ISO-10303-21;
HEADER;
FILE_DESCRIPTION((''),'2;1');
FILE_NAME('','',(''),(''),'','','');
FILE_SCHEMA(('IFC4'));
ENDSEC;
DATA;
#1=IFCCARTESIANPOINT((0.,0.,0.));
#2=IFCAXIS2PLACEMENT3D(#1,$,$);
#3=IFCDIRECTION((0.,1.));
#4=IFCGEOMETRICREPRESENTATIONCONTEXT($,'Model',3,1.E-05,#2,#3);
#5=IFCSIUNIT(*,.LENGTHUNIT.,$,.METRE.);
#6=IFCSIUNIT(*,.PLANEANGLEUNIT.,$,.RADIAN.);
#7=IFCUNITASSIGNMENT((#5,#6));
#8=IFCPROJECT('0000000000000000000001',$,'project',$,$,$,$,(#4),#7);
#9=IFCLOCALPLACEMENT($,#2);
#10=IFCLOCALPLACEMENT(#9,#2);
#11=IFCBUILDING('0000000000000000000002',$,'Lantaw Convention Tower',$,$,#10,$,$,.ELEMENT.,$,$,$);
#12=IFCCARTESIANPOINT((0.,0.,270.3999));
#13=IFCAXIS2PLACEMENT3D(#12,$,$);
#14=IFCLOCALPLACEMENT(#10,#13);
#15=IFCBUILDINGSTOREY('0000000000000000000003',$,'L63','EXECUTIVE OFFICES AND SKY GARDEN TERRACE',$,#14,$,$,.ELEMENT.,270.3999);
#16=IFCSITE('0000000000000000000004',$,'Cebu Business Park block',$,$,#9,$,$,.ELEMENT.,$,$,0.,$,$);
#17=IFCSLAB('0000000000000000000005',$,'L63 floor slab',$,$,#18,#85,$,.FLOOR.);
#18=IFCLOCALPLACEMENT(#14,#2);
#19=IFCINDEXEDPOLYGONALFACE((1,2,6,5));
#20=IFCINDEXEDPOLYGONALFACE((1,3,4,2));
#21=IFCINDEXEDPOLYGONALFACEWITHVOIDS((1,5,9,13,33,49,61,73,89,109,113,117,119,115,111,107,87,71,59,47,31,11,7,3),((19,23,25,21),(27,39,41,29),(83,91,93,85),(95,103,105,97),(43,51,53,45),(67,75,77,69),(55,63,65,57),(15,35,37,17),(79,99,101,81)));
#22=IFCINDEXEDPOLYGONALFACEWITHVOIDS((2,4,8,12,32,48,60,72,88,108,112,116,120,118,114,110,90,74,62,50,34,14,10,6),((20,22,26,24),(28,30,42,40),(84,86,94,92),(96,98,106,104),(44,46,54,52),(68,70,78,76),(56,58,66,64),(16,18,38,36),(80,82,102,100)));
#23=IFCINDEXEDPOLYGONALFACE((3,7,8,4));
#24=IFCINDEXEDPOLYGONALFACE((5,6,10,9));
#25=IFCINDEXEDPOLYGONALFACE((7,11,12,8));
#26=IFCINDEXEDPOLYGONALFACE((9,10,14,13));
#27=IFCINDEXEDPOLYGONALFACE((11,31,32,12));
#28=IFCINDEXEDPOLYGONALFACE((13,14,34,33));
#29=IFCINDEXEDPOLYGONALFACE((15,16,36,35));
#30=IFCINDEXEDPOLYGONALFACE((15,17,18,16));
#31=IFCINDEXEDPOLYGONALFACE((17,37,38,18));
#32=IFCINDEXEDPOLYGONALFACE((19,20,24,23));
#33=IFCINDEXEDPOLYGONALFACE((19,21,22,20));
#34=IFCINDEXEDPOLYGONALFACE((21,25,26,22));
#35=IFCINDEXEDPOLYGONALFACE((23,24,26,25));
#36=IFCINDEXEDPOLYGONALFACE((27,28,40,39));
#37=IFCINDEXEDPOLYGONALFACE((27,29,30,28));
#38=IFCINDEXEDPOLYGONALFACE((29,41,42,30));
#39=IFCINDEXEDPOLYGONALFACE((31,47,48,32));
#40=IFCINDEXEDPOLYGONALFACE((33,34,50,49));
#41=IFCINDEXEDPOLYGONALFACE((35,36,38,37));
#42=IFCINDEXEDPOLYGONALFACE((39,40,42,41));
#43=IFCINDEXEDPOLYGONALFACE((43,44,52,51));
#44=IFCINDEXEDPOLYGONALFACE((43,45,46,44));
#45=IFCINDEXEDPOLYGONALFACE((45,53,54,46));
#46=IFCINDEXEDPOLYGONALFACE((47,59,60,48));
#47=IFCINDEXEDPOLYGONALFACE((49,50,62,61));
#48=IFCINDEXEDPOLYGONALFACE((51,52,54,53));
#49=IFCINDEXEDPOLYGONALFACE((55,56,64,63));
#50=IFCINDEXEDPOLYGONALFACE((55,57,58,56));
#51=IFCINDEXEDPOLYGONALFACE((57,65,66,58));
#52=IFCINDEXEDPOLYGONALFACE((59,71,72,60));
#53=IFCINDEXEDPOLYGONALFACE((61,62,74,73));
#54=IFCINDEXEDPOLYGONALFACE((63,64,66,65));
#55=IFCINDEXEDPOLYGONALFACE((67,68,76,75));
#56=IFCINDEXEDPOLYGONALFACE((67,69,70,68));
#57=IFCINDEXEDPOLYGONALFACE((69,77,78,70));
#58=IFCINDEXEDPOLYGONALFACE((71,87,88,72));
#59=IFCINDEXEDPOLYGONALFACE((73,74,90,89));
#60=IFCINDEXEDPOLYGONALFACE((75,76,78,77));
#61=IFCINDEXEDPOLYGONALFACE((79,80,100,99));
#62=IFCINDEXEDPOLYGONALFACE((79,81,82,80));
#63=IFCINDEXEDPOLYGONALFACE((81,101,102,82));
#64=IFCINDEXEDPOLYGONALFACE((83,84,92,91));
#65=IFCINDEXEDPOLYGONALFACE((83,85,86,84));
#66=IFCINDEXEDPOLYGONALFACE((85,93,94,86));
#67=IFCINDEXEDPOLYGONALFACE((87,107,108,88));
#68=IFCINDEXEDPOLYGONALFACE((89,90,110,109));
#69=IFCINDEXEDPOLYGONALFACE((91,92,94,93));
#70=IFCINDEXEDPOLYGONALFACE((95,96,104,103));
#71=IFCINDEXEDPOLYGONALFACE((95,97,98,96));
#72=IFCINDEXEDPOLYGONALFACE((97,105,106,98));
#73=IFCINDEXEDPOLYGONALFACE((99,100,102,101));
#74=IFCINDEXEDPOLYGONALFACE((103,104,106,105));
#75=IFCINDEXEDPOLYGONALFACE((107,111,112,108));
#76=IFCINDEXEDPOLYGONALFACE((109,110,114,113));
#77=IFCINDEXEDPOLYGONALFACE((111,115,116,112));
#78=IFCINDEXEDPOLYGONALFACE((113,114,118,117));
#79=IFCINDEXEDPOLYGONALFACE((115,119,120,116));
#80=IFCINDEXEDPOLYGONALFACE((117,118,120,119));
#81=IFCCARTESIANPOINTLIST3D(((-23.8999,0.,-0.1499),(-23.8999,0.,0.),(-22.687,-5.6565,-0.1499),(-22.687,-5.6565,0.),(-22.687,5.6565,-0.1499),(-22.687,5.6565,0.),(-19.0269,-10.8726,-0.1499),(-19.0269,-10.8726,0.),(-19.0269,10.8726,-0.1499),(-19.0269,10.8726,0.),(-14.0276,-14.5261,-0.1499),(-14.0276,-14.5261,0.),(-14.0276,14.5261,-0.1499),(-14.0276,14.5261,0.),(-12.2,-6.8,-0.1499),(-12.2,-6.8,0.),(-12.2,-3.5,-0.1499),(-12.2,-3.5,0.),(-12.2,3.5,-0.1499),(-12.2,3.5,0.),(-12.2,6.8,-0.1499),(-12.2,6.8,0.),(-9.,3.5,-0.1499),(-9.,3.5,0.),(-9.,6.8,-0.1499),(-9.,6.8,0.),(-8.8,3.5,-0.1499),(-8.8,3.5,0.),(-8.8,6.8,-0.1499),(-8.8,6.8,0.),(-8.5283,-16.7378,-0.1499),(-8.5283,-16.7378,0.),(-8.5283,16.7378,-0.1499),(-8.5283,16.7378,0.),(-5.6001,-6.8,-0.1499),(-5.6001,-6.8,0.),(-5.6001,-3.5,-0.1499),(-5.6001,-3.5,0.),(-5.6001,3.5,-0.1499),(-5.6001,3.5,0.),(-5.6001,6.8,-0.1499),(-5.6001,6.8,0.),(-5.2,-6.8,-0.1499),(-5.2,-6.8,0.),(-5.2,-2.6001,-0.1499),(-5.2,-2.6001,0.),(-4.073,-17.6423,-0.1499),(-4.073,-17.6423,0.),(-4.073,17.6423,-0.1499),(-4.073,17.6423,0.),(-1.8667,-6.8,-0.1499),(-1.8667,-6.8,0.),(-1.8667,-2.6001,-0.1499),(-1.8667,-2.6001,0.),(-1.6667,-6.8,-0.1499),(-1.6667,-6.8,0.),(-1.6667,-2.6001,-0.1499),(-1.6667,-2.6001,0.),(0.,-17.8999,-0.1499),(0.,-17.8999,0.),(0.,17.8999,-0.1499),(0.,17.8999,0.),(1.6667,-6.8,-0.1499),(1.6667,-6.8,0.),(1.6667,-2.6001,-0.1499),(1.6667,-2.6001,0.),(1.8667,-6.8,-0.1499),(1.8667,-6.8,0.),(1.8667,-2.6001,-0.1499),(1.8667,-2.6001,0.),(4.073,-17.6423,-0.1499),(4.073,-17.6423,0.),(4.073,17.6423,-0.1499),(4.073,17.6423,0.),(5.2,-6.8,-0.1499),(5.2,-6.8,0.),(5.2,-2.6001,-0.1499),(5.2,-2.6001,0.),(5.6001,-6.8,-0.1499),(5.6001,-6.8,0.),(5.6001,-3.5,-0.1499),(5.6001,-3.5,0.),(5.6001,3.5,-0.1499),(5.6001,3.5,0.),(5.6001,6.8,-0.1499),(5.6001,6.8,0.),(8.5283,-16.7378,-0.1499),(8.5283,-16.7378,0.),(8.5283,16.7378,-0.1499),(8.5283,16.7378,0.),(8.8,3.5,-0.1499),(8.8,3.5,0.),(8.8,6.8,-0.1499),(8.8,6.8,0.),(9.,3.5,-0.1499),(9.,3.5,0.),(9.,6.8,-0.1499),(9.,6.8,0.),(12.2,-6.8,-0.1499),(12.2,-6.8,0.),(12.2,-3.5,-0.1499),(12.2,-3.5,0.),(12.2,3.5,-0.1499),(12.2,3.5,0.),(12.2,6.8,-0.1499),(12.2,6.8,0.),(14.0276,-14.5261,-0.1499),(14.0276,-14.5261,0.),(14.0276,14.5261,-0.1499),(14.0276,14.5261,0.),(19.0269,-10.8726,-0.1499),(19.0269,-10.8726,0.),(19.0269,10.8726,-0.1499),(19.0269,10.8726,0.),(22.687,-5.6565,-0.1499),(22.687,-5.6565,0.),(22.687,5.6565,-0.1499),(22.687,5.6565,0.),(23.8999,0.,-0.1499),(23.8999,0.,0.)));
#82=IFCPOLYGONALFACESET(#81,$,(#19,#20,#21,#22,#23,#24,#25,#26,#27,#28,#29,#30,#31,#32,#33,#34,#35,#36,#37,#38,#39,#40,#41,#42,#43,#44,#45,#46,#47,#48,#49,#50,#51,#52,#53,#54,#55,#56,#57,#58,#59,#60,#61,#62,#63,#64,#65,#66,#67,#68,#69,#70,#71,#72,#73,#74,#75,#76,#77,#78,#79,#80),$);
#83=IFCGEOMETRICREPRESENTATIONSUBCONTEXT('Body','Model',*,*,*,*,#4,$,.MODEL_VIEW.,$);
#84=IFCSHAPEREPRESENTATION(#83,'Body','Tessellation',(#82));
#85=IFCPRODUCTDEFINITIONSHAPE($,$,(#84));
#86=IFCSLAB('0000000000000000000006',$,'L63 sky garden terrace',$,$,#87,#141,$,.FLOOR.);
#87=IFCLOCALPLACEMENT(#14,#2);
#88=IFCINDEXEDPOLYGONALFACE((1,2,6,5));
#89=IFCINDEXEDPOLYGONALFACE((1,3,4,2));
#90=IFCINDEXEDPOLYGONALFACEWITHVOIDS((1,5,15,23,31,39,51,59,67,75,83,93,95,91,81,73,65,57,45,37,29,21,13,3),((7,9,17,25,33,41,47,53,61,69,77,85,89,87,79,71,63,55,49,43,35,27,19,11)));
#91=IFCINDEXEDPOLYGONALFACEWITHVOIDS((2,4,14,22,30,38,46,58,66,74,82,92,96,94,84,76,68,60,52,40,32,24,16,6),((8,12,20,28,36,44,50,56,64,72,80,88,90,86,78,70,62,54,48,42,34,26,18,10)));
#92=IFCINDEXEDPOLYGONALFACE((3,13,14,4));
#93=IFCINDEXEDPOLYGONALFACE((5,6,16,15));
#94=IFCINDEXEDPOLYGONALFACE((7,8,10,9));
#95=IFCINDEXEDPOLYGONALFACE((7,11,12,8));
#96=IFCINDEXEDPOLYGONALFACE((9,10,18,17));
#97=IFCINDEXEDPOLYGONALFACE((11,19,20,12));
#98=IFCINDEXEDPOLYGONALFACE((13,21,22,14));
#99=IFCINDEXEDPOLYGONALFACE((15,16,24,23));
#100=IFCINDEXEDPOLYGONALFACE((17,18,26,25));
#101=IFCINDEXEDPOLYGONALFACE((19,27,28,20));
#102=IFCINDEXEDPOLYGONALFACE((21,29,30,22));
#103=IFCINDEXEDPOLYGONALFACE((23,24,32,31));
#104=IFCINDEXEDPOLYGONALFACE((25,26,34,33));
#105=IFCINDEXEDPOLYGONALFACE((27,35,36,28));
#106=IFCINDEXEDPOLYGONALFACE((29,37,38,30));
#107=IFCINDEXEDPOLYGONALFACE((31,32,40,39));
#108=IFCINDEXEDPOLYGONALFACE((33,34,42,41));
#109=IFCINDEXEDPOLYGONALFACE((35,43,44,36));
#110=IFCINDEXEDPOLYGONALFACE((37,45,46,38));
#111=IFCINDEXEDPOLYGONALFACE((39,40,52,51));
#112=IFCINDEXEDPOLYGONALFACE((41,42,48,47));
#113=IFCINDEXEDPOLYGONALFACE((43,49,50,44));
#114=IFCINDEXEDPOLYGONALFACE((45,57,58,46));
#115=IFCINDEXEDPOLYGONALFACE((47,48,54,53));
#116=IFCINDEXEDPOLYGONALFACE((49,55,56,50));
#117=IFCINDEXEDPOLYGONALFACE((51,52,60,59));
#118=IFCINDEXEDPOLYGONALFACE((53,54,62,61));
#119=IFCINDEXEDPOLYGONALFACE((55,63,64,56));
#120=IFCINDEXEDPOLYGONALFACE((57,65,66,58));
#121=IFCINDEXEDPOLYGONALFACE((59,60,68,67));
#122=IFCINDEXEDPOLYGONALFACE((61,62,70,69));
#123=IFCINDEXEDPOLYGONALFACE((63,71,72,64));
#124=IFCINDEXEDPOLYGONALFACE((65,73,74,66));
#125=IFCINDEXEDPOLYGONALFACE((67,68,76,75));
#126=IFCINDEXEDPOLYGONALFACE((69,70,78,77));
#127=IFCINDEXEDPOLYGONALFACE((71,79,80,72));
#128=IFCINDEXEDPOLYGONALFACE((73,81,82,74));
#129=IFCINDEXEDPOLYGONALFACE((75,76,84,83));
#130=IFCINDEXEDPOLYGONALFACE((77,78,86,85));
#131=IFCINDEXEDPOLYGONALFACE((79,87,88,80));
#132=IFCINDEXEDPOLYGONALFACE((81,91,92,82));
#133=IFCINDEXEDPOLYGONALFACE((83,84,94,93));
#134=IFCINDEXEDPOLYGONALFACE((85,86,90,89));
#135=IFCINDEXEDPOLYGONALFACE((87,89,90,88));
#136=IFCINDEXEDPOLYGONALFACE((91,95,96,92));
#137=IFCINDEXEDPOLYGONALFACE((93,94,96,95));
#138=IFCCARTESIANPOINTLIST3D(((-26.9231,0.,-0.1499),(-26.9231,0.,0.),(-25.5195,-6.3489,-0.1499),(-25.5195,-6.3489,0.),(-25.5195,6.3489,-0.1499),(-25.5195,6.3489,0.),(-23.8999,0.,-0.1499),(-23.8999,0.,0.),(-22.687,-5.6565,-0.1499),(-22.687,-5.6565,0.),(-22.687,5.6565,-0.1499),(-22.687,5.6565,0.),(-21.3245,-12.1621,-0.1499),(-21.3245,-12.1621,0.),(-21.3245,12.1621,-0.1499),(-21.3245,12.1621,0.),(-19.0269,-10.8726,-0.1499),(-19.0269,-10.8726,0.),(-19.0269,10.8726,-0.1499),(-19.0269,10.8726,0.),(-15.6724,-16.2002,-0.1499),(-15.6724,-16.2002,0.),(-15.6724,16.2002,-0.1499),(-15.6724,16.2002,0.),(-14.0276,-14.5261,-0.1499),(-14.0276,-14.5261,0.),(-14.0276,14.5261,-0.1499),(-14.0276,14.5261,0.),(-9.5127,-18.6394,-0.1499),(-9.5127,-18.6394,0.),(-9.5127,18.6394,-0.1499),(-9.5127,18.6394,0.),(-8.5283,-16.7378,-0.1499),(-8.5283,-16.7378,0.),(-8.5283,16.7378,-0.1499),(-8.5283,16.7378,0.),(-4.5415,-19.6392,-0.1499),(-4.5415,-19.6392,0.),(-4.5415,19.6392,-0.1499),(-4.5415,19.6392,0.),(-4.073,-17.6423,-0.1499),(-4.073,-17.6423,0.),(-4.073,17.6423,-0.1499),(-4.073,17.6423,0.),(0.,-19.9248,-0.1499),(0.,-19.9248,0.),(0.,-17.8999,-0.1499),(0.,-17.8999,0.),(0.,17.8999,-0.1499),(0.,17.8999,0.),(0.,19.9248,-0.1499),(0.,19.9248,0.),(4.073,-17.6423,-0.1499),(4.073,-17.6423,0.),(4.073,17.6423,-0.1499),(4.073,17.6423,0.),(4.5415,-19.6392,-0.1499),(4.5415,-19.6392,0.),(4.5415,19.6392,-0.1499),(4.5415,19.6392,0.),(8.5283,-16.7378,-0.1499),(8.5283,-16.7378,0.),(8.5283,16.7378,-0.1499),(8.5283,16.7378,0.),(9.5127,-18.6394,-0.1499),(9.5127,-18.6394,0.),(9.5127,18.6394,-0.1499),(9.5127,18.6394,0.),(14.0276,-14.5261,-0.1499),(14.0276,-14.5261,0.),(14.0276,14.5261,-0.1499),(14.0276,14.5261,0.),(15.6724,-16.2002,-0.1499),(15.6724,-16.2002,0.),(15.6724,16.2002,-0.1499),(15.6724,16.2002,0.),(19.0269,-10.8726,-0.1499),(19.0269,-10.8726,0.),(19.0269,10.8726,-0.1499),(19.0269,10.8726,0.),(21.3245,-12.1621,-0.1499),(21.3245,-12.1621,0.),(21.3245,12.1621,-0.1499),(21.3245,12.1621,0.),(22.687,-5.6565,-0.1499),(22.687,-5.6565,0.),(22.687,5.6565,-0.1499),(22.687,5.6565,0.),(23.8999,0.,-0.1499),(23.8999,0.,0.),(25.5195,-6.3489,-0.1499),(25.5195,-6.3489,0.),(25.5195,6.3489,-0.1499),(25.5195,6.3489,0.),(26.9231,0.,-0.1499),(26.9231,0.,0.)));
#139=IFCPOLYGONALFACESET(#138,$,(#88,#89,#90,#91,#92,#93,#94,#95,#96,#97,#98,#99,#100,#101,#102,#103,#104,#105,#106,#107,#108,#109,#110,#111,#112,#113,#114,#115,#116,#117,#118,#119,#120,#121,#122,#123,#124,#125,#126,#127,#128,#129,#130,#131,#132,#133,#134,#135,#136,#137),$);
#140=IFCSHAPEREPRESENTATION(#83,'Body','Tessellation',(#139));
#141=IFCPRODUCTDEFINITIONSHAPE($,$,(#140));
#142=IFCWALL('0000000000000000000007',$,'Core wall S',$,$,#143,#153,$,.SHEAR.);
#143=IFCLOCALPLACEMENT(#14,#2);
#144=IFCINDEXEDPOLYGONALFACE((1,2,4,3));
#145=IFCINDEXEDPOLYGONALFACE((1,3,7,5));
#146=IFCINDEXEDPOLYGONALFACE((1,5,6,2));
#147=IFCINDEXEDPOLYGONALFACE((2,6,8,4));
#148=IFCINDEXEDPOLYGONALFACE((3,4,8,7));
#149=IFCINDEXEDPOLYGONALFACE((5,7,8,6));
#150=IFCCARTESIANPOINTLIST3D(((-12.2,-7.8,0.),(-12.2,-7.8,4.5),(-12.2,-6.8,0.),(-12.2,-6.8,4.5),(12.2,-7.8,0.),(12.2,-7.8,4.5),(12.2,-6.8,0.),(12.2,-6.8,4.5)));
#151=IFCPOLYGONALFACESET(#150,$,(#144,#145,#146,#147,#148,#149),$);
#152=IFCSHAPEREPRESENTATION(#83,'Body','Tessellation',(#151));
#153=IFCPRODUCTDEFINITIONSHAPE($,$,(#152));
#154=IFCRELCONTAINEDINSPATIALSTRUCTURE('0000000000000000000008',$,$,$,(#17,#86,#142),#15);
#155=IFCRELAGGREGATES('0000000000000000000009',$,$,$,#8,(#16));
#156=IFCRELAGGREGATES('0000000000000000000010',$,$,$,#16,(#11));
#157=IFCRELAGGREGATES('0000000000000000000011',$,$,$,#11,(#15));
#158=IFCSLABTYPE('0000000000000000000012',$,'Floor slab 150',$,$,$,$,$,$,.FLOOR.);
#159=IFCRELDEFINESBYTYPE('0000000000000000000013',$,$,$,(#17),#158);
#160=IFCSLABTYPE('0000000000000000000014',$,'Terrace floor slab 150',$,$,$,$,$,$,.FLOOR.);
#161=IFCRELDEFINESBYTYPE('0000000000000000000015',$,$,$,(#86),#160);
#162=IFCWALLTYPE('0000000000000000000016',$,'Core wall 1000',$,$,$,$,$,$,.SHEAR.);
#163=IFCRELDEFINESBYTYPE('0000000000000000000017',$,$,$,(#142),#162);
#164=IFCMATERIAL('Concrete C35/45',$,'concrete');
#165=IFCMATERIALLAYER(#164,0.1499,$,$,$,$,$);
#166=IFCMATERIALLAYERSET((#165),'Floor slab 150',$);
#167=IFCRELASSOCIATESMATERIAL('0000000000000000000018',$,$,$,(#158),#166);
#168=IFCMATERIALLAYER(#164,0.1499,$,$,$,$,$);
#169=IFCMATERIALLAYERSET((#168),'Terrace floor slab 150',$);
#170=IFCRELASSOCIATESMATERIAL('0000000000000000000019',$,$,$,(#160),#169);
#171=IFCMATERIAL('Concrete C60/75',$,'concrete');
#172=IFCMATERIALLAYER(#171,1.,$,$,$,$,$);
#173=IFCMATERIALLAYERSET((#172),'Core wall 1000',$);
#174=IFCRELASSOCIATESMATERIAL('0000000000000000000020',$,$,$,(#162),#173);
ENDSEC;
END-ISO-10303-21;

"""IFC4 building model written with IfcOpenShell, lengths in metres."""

from ifc_helpers import new_model, si_unit, direction, frame, frame_2d, origin, place, context, subcontext, project, spatial, polyline, rectangle, outline, extrude, material, layer, layer_set, type_object, element, save


model = new_model("IFC4")

# Units and contexts
model_context = context("Model", 3, precision=1e-05, world=origin(), true_north=direction((0.0, 1.0)))
body_context = subcontext(model_context, "Body", "Model", "MODEL_VIEW")
ifc_project = project(units=[si_unit("LENGTHUNIT", "METRE"), si_unit("PLANEANGLEUNIT", "RADIAN")], contexts=[model_context])

# Site, building, storey
site_placement = place(None, origin())
site = spatial("IfcSite", under=ifc_project, at=site_placement, Name="Cebu Business Park block", CompositionType="ELEMENT", RefElevation=0.0)
building_placement = place(site_placement, origin())
building = spatial("IfcBuilding", under=site, at=building_placement, Name="Lantaw Convention Tower", CompositionType="ELEMENT")
storey_placement = place(building_placement, frame((0.0, 0.0, 270.3999)))
storey = spatial("IfcBuildingStorey", under=building, at=storey_placement, Name="L63", Description="EXECUTIVE OFFICES AND SKY GARDEN TERRACE", CompositionType="ELEMENT", Elevation=270.3999)

# Slabs
ifc_material_1 = material(Name="Concrete C35/45", Category="concrete")
ifc_layer_1 = layer(ifc_material_1, 0.1499)
ifc_layer_set_1 = layer_set([ifc_layer_1], Name="Floor slab 150")
slab_type_1 = type_object("IfcSlabType", Name="Floor slab 150", PredefinedType="FLOOR", material=ifc_layer_set_1)
slab_1_placement = place(storey_placement, frame((0.0, 0.0, -0.1499)))
element("IfcSlab", 1, at=slab_1_placement, inside=storey, type_object=slab_type_1, Name="L63 floor slab", PredefinedType="FLOOR", context=body_context, shape_type="SweptSolid", body=[
    extrude(outline(polyline([(19.0269, -10.8726), (22.687, -5.6565), (23.8999, 0.0), (22.687, 5.6565), (19.0269, 10.8726), (14.0276, 14.5261), (8.5283, 16.7378), (4.073, 17.6423), (0.0, 17.8999), (-4.073, 17.6423), (-8.5283, 16.7378), (-14.0276, 14.5261), (-19.0269, 10.8726), (-22.687, 5.6565), (-23.8999, 0.0), (-22.687, -5.6565), (-19.0269, -10.8726), (-14.0276, -14.5261), (-8.5283, -16.7378), (-4.073, -17.6423), (0.0, -17.8999), (4.073, -17.6423), (8.5283, -16.7378), (14.0276, -14.5261), (19.0269, -10.8726)]), holes=[polyline([(-5.6001, -3.5), (-12.2, -3.5), (-12.2, -6.8), (-5.6001, -6.8), (-5.6001, -3.5)]), polyline([(12.2, -3.5), (5.6001, -3.5), (5.6001, -6.8), (12.2, -6.8), (12.2, -3.5)]), polyline([(-1.8667, -2.6001), (-5.2, -2.6001), (-5.2, -6.8), (-1.8667, -6.8), (-1.8667, -2.6001)]), polyline([(1.6667, -2.6001), (-1.6667, -2.6001), (-1.6667, -6.8), (1.6667, -6.8), (1.6667, -2.6001)]), polyline([(5.2, -2.6001), (1.8667, -2.6001), (1.8667, -6.8), (5.2, -6.8), (5.2, -2.6001)]), polyline([(-9.0, 6.8), (-12.2, 6.8), (-12.2, 3.5), (-9.0, 3.5), (-9.0, 6.8)]), polyline([(-5.6001, 6.8), (-8.8, 6.8), (-8.8, 3.5), (-5.6001, 3.5), (-5.6001, 6.8)]), polyline([(8.8, 3.5), (8.8, 6.8), (5.6001, 6.8), (5.6001, 3.5), (8.8, 3.5)]), polyline([(12.2, 3.5), (12.2, 6.8), (9.0, 6.8), (9.0, 3.5), (12.2, 3.5)])]), origin(), (0.0, 0.0, 1.0), 0.1499),
])
ifc_layer_2 = layer(ifc_material_1, 0.1499)
ifc_layer_set_2 = layer_set([ifc_layer_2], Name="Terrace floor slab 150")
slab_type_2 = type_object("IfcSlabType", Name="Terrace floor slab 150", PredefinedType="FLOOR", material=ifc_layer_set_2)
slab_2_placement = place(storey_placement, frame((0.0, 0.0, -0.1499)))
element("IfcSlab", 2, at=slab_2_placement, inside=storey, type_object=slab_type_2, Name="L63 sky garden terrace", PredefinedType="FLOOR", context=body_context, shape_type="SweptSolid", body=[
    extrude(outline(polyline([(15.6724, -16.2002), (21.3245, -12.1621), (25.5195, -6.3489), (26.9231, 0.0), (25.5195, 6.3489), (21.3245, 12.1621), (15.6724, 16.2002), (9.5127, 18.6394), (4.5415, 19.6392), (0.0, 19.9248), (-4.5415, 19.6392), (-9.5127, 18.6394), (-15.6724, 16.2002), (-21.3245, 12.1621), (-25.5195, 6.3489), (-26.9231, 0.0), (-25.5195, -6.3489), (-21.3245, -12.1621), (-15.6724, -16.2002), (-9.5127, -18.6394), (-4.5415, -19.6392), (0.0, -19.9248), (4.5415, -19.6392), (9.5127, -18.6394), (15.6724, -16.2002)]), holes=[polyline([(14.0276, 14.5261), (8.5283, 16.7378), (4.073, 17.6423), (0.0, 17.8999), (-4.073, 17.6423), (-8.5283, 16.7378), (-14.0276, 14.5261), (-19.0269, 10.8726), (-22.687, 5.6565), (-23.8999, 0.0), (-22.687, -5.6565), (-19.0269, -10.8726), (-14.0276, -14.5261), (-8.5283, -16.7378), (-4.073, -17.6423), (0.0, -17.8999), (4.073, -17.6423), (8.5283, -16.7378), (14.0276, -14.5261), (19.0269, -10.8726), (22.687, -5.6565), (23.8999, 0.0), (22.687, 5.6565), (19.0269, 10.8726), (14.0276, 14.5261)])]), origin(), (0.0, 0.0, 1.0), 0.1499),
])

# Wall
ifc_material_2 = material(Name="Concrete C60/75", Category="concrete")
ifc_layer_3 = layer(ifc_material_2, 1.0)
ifc_layer_set_3 = layer_set([ifc_layer_3], Name="Core wall 1000")
wall_type_1 = type_object("IfcWallType", Name="Core wall 1000", PredefinedType="SHEAR", material=ifc_layer_set_3)
wall_1_placement = place(storey_placement, frame((-12.2, -7.3, 0.0), z_axis=(0.0, 0.0, 1.0), x_axis=(1.0, 0.0, 0.0)))
element("IfcWall", 3, at=wall_1_placement, inside=storey, type_object=wall_type_1, Name="Core wall S", PredefinedType="SHEAR", context=body_context, shape_type="SweptSolid", body=[
    extrude(rectangle(XDim=24.3999, YDim=1.0, at=frame_2d((12.2, 0.0))), origin(), (0.0, 0.0, 1.0), 4.5),
])

save(model, "model.ifc")
